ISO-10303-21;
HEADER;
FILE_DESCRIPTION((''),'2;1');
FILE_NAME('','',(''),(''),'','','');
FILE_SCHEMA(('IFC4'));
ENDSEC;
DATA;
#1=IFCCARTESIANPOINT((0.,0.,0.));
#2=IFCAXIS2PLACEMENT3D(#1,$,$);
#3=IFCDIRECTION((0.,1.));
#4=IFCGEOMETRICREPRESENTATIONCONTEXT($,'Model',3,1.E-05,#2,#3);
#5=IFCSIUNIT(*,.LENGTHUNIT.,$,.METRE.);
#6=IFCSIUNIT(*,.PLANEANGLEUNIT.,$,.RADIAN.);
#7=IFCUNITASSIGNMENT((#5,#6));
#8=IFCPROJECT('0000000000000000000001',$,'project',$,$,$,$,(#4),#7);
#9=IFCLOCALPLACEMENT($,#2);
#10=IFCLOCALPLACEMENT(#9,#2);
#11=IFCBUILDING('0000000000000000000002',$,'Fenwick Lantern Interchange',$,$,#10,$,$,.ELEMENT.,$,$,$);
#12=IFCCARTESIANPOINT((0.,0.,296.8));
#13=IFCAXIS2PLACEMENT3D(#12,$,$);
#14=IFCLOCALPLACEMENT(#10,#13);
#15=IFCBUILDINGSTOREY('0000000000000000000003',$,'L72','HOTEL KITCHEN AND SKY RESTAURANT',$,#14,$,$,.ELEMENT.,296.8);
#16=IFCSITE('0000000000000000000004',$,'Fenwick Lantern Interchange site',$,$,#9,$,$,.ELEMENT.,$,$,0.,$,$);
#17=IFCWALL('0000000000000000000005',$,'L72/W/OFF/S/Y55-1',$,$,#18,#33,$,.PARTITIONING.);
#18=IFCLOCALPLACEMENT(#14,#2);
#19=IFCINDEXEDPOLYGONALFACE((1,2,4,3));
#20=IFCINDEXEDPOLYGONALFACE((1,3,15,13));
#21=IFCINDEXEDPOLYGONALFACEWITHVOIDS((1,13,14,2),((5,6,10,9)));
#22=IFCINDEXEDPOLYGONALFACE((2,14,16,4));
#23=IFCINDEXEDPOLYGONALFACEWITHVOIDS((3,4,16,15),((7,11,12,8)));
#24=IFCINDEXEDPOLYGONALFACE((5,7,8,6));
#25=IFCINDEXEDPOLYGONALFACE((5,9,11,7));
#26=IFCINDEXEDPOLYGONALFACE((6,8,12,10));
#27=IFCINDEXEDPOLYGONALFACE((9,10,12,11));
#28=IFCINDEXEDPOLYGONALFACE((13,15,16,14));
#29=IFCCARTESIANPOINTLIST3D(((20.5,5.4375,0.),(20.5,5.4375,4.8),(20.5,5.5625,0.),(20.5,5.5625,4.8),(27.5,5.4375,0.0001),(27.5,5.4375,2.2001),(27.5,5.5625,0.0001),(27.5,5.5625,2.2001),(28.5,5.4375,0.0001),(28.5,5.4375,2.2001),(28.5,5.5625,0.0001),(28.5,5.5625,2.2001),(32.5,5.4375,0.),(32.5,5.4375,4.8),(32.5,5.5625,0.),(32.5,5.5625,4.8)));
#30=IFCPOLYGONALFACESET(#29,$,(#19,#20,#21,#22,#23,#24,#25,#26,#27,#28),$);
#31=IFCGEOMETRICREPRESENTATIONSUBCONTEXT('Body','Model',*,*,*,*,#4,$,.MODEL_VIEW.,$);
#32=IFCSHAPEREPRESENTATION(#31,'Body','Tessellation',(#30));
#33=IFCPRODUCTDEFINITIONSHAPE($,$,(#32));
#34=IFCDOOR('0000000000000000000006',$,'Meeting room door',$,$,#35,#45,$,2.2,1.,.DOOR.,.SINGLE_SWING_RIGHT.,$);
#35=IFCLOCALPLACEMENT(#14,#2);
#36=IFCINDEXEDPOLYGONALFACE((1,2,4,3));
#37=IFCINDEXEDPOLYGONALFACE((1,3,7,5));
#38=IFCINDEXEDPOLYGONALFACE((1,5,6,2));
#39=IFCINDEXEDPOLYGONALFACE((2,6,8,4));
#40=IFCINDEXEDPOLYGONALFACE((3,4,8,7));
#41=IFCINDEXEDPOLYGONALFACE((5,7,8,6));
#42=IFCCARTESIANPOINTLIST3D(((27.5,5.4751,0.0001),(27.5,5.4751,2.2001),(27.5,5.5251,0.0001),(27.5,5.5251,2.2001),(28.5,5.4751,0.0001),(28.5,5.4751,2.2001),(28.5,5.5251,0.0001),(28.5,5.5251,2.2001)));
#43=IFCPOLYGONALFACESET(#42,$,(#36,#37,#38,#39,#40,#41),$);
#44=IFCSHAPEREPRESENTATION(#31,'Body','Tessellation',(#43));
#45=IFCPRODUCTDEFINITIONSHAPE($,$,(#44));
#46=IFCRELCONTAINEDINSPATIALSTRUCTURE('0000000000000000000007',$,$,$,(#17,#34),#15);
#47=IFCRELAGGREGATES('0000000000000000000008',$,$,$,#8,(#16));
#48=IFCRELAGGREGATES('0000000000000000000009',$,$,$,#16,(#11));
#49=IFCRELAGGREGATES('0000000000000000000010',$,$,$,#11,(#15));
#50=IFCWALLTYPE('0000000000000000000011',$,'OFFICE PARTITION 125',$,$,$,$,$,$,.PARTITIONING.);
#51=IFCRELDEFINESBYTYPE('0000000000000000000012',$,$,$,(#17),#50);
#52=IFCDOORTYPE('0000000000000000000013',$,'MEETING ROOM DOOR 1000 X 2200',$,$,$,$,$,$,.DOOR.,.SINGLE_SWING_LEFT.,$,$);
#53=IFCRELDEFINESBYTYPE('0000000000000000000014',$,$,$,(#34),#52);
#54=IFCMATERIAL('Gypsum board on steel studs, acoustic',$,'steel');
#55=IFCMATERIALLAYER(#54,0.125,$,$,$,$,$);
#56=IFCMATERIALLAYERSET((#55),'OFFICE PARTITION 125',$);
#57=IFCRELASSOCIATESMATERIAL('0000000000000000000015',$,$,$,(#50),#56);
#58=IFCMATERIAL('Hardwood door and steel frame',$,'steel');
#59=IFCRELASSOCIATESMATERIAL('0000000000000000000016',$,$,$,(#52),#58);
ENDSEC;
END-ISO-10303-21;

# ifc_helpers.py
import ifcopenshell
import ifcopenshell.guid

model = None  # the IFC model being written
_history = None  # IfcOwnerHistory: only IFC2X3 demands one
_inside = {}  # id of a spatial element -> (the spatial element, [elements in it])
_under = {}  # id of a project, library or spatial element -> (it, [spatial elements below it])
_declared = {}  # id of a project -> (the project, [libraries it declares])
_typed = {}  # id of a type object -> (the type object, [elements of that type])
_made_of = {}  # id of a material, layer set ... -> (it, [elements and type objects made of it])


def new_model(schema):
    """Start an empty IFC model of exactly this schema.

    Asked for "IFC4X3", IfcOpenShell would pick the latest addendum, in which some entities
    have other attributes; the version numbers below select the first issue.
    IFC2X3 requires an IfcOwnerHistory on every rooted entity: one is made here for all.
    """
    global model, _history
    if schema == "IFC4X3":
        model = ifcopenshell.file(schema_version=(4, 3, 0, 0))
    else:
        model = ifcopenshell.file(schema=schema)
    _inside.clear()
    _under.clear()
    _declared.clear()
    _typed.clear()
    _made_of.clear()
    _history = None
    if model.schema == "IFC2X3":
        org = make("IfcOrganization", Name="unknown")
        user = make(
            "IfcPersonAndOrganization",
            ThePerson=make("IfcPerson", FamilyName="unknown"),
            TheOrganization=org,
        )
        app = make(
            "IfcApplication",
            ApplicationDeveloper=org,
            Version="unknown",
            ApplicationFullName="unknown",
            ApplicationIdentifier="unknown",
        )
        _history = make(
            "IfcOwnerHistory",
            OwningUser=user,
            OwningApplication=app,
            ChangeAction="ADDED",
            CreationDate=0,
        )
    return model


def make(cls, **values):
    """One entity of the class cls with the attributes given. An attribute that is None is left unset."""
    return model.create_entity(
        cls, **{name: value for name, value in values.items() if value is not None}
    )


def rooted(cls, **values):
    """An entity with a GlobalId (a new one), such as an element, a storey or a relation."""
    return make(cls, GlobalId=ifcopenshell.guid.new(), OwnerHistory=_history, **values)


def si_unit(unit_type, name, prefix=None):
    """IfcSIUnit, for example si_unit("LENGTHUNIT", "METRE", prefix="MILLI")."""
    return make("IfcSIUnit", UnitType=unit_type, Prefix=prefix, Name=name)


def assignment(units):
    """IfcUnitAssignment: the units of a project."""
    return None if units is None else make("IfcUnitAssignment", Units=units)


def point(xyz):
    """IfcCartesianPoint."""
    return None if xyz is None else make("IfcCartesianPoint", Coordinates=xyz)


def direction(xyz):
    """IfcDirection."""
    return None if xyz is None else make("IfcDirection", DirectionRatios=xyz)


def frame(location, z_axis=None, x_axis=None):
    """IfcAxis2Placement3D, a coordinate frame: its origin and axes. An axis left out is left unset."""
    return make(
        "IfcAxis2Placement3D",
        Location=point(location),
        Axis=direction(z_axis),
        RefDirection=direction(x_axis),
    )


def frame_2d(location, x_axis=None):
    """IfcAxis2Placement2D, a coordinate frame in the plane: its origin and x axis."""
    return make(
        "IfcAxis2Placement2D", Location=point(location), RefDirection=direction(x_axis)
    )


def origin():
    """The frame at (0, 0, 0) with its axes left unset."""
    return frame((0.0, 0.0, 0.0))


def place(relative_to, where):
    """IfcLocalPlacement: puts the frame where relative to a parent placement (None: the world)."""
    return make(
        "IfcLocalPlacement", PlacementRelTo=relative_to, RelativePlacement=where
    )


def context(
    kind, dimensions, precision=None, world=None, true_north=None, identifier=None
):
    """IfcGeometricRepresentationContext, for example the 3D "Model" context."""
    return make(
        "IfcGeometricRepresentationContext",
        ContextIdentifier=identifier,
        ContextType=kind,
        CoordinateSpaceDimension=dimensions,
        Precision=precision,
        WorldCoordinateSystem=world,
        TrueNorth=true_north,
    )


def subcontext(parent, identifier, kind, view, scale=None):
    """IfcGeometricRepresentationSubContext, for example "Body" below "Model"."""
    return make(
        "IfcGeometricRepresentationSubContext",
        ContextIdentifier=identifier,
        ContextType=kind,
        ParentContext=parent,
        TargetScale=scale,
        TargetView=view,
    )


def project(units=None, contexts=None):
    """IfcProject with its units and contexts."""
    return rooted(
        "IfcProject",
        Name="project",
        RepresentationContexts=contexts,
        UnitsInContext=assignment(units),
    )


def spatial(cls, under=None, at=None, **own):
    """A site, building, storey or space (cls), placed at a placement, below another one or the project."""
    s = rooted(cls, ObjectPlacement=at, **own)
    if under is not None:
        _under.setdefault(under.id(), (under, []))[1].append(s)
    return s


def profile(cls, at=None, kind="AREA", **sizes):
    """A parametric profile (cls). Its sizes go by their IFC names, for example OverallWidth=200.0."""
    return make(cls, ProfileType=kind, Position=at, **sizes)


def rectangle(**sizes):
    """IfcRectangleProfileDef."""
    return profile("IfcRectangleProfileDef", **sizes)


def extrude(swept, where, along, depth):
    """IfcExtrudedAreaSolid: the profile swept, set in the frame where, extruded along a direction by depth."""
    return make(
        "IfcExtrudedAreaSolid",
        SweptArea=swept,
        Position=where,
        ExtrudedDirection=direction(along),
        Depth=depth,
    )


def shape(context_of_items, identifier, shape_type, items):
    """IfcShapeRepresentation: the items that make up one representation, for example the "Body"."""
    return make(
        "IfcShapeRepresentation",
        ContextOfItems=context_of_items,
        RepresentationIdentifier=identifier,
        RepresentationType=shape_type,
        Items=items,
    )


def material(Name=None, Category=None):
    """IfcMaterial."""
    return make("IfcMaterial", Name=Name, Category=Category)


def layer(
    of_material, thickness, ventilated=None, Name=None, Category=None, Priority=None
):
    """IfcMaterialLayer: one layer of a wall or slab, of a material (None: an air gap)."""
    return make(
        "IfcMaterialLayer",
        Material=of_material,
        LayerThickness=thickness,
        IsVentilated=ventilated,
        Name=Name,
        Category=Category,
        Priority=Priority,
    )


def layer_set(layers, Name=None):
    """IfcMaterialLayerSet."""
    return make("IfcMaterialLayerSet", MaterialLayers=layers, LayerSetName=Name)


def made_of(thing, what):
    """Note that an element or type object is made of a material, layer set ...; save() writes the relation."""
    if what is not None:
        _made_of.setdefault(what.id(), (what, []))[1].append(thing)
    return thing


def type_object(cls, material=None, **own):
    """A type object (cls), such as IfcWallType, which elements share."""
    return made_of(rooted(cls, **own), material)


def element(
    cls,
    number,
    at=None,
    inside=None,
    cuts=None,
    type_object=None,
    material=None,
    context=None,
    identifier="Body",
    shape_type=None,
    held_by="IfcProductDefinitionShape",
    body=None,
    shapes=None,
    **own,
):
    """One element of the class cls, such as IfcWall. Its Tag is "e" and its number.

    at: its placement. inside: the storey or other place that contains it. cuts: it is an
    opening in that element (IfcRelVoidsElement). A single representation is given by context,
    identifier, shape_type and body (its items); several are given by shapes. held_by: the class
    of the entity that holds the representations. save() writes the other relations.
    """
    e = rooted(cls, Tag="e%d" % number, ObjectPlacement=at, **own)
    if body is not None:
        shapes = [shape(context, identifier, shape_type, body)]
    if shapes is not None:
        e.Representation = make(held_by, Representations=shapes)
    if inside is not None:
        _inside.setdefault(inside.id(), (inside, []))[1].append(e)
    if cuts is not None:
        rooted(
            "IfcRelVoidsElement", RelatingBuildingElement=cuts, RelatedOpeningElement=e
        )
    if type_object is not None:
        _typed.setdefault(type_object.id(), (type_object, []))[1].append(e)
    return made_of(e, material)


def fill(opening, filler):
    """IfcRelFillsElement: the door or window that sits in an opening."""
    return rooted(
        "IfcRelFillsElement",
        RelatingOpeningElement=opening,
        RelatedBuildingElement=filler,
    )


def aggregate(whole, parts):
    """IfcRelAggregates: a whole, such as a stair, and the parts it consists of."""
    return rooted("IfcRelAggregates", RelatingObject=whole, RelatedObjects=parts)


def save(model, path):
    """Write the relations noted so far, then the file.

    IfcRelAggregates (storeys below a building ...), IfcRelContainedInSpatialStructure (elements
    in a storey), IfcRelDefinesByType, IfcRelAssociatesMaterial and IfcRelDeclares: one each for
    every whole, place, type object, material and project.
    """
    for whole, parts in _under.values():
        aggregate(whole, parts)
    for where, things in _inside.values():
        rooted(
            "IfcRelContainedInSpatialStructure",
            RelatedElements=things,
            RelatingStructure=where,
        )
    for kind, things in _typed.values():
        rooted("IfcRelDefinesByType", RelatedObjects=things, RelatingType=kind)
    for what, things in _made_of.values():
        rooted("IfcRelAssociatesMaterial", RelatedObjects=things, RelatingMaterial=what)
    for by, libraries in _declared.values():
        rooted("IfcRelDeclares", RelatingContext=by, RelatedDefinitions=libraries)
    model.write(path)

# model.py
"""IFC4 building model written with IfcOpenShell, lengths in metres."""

from ifc_helpers import new_model, si_unit, direction, frame, frame_2d, origin, place, context, subcontext, project, spatial, rectangle, extrude, material, layer, layer_set, type_object, element, fill, save


model = new_model("IFC4")

# Units and contexts
model_context = context("Model", 3, precision=1e-05, world=origin(), true_north=direction((0.0, 1.0)))
body_context = subcontext(model_context, "Body", "Model", "MODEL_VIEW")
ifc_project = project(units=[si_unit("LENGTHUNIT", "METRE"), si_unit("PLANEANGLEUNIT", "RADIAN")], contexts=[model_context])

# Site, building, storey
site_placement = place(None, origin())
site = spatial("IfcSite", under=ifc_project, at=site_placement, Name="Fenwick Lantern Interchange site", CompositionType="ELEMENT", RefElevation=0.0)
building_placement = place(site_placement, origin())
building = spatial("IfcBuilding", under=site, at=building_placement, Name="Fenwick Lantern Interchange", CompositionType="ELEMENT")
storey_placement = place(building_placement, frame((0.0, 0.0, 296.8)))
storey = spatial("IfcBuildingStorey", under=building, at=storey_placement, Name="L72", Description="HOTEL KITCHEN AND SKY RESTAURANT", CompositionType="ELEMENT", Elevation=296.8)

# Wall, opening, door
ifc_material_1 = material(Name="Gypsum board on steel studs, acoustic", Category="steel")
ifc_layer_1 = layer(ifc_material_1, 0.125)
ifc_layer_set_1 = layer_set([ifc_layer_1], Name="OFFICE PARTITION 125")
wall_type = type_object("IfcWallType", Name="OFFICE PARTITION 125", PredefinedType="PARTITIONING", material=ifc_layer_set_1)
wall_placement = place(storey_placement, frame((20.5, 5.5, 0.0), z_axis=(0.0, 0.0, 1.0), x_axis=(1.0, 0.0, 0.0)))
wall = element("IfcWall", 1, at=wall_placement, inside=storey, type_object=wall_type, Name="L72/W/OFF/S/Y55-1", PredefinedType="PARTITIONING", context=body_context, shape_type="SweptSolid", body=[
    extrude(rectangle(XDim=12.0, YDim=0.125, at=frame_2d((6.0, 0.0))), origin(), (0.0, 0.0, 1.0), 4.8),
])
opening_placement = place(wall_placement, frame((7.0, 0.0, 0.0)))
opening = element("IfcOpeningElement", 2, at=opening_placement, cuts=wall, PredefinedType="OPENING", context=body_context, shape_type="SweptSolid", body=[
    extrude(rectangle(XDim=1.0, YDim=2.2, at=frame_2d((0.5, 1.1001))), frame((0.0, 0.0725, 0.0), z_axis=(0.0, -1.0, 0.0), x_axis=(1.0, 0.0, 0.0)), (0.0, 0.0, 1.0), 0.145),
])
ifc_material_2 = material(Name="Hardwood door and steel frame", Category="steel")
door_type = type_object("IfcDoorType", Name="MEETING ROOM DOOR 1000 X 2200", OperationType="SINGLE_SWING_LEFT", PredefinedType="DOOR", material=ifc_material_2)
door_placement = place(opening_placement, frame((1.0, 0.0, 0.0), z_axis=(0.0, 0.0, 1.0), x_axis=(-1.0, 0.0, 0.0)))
door = element("IfcDoor", 3, at=door_placement, inside=storey, type_object=door_type, Name="Meeting room door", OperationType="SINGLE_SWING_RIGHT", OverallHeight=2.2, OverallWidth=1.0, PredefinedType="DOOR", context=body_context, shape_type="SweptSolid", body=[
    extrude(rectangle(XDim=1.0, YDim=2.2, at=frame_2d((0.5, 1.1001))), frame((0.0, 0.0249, 0.0), z_axis=(0.0, -1.0, 0.0), x_axis=(1.0, 0.0, 0.0)), (0.0, 0.0, 1.0), 0.05),
])
fill(opening, door)

save(model, "model.ifc")
